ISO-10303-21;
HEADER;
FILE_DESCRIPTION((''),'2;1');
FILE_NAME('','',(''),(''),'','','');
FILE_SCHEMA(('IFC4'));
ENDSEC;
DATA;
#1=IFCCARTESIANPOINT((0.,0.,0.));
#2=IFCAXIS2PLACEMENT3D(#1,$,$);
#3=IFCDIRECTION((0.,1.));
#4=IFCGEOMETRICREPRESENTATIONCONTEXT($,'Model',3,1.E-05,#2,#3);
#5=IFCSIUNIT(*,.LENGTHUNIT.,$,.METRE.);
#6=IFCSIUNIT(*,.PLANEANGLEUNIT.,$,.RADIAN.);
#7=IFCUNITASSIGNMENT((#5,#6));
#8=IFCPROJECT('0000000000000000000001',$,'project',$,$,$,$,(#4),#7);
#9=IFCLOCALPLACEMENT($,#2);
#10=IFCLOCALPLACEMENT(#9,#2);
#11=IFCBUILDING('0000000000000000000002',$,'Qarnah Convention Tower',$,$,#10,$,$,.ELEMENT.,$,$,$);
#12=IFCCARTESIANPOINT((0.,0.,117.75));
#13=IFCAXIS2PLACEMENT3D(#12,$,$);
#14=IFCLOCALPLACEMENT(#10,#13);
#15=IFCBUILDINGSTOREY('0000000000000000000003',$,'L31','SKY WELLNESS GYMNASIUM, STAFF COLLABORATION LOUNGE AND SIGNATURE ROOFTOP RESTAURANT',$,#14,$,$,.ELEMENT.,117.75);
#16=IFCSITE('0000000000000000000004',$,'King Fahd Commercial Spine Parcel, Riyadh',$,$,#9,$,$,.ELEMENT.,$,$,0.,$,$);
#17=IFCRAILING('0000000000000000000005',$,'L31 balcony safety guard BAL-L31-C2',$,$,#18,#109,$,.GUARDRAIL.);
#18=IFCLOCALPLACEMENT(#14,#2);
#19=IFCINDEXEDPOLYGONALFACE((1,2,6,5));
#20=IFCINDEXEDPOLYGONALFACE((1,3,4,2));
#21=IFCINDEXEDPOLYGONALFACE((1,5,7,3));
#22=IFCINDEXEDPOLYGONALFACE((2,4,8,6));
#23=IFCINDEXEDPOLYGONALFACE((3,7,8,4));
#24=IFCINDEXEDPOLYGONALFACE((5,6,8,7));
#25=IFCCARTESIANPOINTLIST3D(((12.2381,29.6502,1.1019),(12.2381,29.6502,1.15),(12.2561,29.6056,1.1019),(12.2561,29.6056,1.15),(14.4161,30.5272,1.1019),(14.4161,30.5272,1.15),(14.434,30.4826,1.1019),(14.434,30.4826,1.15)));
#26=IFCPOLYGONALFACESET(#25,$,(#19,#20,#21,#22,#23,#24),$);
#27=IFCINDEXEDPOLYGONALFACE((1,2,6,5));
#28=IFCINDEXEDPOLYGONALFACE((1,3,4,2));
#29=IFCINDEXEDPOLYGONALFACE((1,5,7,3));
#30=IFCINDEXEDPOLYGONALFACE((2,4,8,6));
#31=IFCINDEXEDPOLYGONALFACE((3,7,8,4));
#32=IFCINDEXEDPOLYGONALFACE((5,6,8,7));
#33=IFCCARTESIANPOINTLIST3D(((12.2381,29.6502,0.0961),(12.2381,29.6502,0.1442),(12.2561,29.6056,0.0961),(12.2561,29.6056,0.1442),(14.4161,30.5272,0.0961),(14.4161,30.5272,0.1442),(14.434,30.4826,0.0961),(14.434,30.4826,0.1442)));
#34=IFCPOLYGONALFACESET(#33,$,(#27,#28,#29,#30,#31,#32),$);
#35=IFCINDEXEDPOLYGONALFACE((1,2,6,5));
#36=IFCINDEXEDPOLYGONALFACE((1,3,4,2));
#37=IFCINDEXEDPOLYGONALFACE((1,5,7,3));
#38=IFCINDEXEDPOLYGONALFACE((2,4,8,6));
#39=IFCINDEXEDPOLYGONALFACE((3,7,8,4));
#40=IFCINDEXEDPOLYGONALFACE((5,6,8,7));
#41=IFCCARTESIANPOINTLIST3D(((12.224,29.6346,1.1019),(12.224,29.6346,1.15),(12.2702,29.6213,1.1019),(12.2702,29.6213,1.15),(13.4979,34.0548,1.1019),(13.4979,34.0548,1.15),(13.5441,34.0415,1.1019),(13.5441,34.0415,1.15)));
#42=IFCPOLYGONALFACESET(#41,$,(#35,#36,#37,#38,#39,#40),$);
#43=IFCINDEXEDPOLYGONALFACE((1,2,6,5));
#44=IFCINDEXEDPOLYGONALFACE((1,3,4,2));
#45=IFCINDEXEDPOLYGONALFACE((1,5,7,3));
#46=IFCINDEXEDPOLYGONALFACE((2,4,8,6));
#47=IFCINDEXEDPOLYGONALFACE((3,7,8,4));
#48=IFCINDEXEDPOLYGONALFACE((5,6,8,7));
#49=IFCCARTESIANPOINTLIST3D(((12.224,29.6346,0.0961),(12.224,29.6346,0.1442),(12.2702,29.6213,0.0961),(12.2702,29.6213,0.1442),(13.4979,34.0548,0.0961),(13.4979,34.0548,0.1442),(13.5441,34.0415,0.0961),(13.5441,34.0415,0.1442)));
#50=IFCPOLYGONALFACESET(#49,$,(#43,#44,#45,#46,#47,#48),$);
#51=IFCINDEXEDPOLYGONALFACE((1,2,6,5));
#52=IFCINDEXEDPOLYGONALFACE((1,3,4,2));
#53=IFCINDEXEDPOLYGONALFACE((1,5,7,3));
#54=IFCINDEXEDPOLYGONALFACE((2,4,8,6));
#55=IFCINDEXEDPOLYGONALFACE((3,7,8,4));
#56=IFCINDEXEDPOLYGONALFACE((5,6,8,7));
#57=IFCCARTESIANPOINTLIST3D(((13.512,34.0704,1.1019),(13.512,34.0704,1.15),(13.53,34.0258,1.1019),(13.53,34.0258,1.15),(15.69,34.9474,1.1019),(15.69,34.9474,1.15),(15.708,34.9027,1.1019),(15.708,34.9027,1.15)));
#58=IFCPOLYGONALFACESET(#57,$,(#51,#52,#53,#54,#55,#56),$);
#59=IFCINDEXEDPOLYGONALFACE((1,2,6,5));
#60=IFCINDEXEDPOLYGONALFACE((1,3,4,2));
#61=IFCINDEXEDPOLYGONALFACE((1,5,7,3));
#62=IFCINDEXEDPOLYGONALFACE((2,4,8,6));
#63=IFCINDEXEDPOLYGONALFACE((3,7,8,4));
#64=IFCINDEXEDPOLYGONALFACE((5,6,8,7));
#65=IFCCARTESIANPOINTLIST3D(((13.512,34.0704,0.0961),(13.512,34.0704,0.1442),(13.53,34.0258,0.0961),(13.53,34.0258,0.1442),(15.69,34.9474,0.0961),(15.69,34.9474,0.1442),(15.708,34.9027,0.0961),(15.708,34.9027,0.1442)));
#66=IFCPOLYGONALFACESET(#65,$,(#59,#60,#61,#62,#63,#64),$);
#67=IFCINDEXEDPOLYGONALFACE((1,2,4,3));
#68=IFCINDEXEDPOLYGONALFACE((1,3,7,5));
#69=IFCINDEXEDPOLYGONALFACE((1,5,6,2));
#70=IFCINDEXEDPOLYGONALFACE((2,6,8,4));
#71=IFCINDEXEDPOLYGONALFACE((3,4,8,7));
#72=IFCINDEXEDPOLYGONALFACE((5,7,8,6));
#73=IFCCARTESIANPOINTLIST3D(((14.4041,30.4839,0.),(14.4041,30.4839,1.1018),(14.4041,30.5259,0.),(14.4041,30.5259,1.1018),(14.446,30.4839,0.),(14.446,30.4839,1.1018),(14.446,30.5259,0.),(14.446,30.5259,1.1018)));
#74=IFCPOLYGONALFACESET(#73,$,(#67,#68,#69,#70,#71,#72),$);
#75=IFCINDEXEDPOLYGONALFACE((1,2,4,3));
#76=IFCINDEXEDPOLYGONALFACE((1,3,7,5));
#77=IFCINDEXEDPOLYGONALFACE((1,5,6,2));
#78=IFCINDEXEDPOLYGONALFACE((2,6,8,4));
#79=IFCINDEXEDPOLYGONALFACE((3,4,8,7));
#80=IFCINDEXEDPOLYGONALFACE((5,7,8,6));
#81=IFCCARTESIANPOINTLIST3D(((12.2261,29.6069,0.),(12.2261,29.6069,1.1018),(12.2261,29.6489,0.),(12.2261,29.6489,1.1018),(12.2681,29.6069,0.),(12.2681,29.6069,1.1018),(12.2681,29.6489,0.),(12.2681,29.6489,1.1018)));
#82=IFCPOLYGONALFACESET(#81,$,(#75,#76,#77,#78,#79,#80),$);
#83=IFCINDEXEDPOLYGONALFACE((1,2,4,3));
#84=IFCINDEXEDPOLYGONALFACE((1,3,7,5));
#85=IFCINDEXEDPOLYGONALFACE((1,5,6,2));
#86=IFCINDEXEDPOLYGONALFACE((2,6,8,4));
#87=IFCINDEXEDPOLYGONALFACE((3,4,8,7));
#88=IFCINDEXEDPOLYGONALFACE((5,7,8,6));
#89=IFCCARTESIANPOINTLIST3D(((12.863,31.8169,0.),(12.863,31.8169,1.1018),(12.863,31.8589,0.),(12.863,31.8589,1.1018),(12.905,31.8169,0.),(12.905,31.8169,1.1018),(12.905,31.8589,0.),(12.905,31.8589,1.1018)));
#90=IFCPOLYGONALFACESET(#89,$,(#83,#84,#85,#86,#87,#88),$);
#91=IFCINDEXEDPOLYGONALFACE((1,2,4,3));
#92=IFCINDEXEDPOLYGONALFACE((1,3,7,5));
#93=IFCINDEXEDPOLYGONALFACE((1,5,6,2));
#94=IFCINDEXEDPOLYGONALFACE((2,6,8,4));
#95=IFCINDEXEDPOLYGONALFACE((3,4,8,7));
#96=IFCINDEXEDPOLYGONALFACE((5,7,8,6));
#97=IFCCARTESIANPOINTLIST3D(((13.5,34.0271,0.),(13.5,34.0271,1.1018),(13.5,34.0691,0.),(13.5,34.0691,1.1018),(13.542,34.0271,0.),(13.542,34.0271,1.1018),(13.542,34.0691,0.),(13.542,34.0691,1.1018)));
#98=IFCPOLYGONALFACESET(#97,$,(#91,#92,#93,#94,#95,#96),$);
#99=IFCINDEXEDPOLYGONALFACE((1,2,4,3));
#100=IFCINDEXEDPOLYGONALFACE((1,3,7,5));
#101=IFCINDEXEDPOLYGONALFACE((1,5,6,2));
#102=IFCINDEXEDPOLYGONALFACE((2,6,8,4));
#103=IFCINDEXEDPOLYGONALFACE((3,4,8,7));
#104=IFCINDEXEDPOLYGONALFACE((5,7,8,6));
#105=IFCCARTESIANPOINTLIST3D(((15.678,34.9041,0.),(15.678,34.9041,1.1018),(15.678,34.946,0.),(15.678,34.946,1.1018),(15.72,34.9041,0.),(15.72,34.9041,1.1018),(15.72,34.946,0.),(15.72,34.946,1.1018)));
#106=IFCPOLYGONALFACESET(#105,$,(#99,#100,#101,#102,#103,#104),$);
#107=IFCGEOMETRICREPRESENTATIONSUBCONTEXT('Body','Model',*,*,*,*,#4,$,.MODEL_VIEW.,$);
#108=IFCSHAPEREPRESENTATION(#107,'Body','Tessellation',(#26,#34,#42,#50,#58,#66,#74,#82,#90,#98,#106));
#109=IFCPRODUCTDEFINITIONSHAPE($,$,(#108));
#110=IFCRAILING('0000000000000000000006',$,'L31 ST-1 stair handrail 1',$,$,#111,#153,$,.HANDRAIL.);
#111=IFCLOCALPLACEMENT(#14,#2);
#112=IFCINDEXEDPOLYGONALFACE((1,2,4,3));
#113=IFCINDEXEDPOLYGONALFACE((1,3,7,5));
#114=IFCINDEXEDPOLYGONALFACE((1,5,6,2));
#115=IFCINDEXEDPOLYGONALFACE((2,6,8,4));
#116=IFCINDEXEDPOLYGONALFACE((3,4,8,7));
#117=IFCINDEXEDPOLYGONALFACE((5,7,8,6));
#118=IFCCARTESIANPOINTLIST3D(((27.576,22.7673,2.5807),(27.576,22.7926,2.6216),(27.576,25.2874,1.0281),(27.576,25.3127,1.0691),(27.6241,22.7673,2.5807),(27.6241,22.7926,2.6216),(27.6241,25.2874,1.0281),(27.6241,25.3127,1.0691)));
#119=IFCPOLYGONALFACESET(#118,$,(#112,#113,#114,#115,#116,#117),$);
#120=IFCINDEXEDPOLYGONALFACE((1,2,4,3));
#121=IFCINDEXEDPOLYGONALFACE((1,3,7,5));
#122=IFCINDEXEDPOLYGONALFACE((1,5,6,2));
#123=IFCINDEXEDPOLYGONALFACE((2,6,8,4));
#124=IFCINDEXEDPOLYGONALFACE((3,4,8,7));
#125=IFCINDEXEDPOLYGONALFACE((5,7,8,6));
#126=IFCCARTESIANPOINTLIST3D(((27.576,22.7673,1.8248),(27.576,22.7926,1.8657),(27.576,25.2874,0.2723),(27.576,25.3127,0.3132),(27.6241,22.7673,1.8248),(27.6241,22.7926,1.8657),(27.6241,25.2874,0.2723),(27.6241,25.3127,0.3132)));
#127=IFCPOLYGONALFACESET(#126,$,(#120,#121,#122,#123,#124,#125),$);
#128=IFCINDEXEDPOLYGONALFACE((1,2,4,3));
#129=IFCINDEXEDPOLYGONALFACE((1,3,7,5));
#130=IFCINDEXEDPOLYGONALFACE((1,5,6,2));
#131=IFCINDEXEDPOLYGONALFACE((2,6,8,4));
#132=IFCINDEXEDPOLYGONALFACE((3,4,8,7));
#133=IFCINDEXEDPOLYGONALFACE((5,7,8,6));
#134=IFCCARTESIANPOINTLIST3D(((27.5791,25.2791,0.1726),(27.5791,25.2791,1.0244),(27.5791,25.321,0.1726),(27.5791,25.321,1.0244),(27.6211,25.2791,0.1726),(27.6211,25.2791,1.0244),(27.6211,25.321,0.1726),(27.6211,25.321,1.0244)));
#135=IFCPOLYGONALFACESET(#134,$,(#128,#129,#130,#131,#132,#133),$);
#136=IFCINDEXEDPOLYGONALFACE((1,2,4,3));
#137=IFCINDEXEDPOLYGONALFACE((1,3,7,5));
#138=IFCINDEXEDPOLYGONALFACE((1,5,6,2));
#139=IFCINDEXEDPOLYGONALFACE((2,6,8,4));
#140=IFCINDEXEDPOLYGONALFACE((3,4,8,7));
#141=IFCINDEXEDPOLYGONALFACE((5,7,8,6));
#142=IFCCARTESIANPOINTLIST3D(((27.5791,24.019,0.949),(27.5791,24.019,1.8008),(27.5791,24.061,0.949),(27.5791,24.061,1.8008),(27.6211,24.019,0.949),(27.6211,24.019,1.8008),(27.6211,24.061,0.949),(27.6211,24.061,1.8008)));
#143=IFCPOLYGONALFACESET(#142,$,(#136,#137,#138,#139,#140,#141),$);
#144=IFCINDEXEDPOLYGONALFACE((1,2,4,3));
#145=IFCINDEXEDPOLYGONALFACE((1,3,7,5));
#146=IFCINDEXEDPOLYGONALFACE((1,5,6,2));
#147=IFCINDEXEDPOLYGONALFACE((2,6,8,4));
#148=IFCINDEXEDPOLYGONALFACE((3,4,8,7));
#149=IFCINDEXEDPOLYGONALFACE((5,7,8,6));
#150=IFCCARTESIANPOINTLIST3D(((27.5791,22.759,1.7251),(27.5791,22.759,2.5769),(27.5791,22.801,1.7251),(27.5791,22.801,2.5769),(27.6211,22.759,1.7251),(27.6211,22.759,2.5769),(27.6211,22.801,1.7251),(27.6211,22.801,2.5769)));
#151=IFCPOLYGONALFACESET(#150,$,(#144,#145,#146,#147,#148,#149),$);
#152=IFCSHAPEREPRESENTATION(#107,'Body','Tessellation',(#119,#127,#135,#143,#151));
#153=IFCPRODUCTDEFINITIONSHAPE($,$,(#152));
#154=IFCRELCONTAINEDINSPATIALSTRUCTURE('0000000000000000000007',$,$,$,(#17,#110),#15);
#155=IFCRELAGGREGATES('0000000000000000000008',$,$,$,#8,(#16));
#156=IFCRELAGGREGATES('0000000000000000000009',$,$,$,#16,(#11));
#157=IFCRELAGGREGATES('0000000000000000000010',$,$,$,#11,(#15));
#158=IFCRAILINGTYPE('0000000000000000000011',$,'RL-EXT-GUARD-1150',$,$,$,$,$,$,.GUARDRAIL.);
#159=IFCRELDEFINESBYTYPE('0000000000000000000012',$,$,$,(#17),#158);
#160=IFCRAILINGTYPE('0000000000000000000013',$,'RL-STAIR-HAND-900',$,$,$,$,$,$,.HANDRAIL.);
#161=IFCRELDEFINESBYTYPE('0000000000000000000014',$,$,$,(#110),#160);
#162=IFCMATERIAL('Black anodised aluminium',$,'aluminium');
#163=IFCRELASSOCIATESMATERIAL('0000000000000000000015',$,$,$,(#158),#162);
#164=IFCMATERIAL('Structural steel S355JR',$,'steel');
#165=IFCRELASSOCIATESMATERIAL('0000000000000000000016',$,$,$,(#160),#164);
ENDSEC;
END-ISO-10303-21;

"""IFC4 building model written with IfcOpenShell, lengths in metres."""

from ifc_helpers import new_model, si_unit, direction, frame, origin, origin_2d, place, context, subcontext, project, spatial, rectangle, extrude, material, type_object, element, save


model = new_model("IFC4")

# Units and contexts
model_context = context("Model", 3, precision=1e-05, world=origin(), true_north=direction((0.0, 1.0)))
body_context = subcontext(model_context, "Body", "Model", "MODEL_VIEW")
ifc_project = project(units=[si_unit("LENGTHUNIT", "METRE"), si_unit("PLANEANGLEUNIT", "RADIAN")], contexts=[model_context])

# Site, building, storey
site_placement = place(None, origin())
site = spatial("IfcSite", under=ifc_project, at=site_placement, Name="King Fahd Commercial Spine Parcel, Riyadh", CompositionType="ELEMENT", RefElevation=0.0)
building_placement = place(site_placement, origin())
building = spatial("IfcBuilding", under=site, at=building_placement, Name="Qarnah Convention Tower", CompositionType="ELEMENT")
storey_placement = place(building_placement, frame((0.0, 0.0, 117.75)))
storey = spatial("IfcBuildingStorey", under=building, at=storey_placement, Name="L31", Description="SKY WELLNESS GYMNASIUM, STAFF COLLABORATION LOUNGE AND SIGNATURE ROOFTOP RESTAURANT", CompositionType="ELEMENT", Elevation=117.75)

# Shared definitions
ifc_material_1 = material(Name="Structural steel S355JR", Category="steel")

# Shared definitions
ifc_material_2 = material(Name="Black anodised aluminium", Category="aluminium")

# Railings
railing_type_1 = type_object("IfcRailingType", Name="RL-EXT-GUARD-1150", PredefinedType="GUARDRAIL", material=ifc_material_2)
railing_1_placement = place(storey_placement, frame((14.425, 30.5049, 0.0)))
element("IfcRailing", 1, at=railing_1_placement, inside=storey, type_object=railing_type_1, Name="L31 balcony safety guard BAL-L31-C2", PredefinedType="GUARDRAIL", context=body_context, shape_type="SweptSolid", body=[
    extrude(rectangle(XDim=0.0481, YDim=0.0481, at=origin_2d()), frame((0.0, 0.0, 1.126), z_axis=(-0.927628, -0.373505, 0.0), x_axis=(0.373505, -0.927628, 0.0)), (0.0, 0.0, 1.0), 2.3479),
    extrude(rectangle(XDim=0.0481, YDim=0.0481, at=origin_2d()), frame((0.0, 0.0, 0.1201), z_axis=(-0.927628, -0.373505, 0.0), x_axis=(0.373505, -0.927628, 0.0)), (0.0, 0.0, 1.0), 2.3479),
    extrude(rectangle(XDim=0.0481, YDim=0.0481, at=origin_2d()), frame((-2.178, -0.877, 1.126), z_axis=(0.276935, 0.960889, 0.0), x_axis=(-0.960889, 0.276935, 0.0)), (0.0, 0.0, 1.0), 4.6001),
    extrude(rectangle(XDim=0.0481, YDim=0.0481, at=origin_2d()), frame((-2.178, -0.877, 0.1201), z_axis=(0.276935, 0.960889, 0.0), x_axis=(-0.960889, 0.276935, 0.0)), (0.0, 0.0, 1.0), 4.6001),
    extrude(rectangle(XDim=0.0481, YDim=0.0481, at=origin_2d()), frame((-0.9041, 3.5432, 1.126), z_axis=(0.927628, 0.373505, 0.0), x_axis=(-0.373505, 0.927628, 0.0)), (0.0, 0.0, 1.0), 2.3479),
    extrude(rectangle(XDim=0.0481, YDim=0.0481, at=origin_2d()), frame((-0.9041, 3.5432, 0.1201), z_axis=(0.927628, 0.373505, 0.0), x_axis=(-0.373505, 0.927628, 0.0)), (0.0, 0.0, 1.0), 2.3479),
    extrude(rectangle(XDim=0.042, YDim=0.042, at=origin_2d()), origin(), (0.0, 0.0, 1.0), 1.1018),
    extrude(rectangle(XDim=0.042, YDim=0.042, at=origin_2d()), frame((-2.178, -0.877, 0.0)), (0.0, 0.0, 1.0), 1.1018),
    extrude(rectangle(XDim=0.042, YDim=0.042, at=origin_2d()), frame((-1.541, 1.333, 0.0)), (0.0, 0.0, 1.0), 1.1018),
    extrude(rectangle(XDim=0.042, YDim=0.042, at=origin_2d()), frame((-0.9041, 3.5432, 0.0)), (0.0, 0.0, 1.0), 1.1018),
    extrude(rectangle(XDim=0.042, YDim=0.042, at=origin_2d()), frame((1.2739, 4.4202, 0.0)), (0.0, 0.0, 1.0), 1.1018),
])
railing_type_2 = type_object("IfcRailingType", Name="RL-STAIR-HAND-900", PredefinedType="HANDRAIL", material=ifc_material_1)
railing_2_placement = place(storey_placement, frame((27.6001, 25.3, 0.1726)))
element("IfcRailing", 2, at=railing_2_placement, inside=storey, type_object=railing_type_2, Name="L31 ST-1 stair handrail 1", PredefinedType="HANDRAIL", context=body_context, shape_type="SweptSolid", body=[
    extrude(rectangle(XDim=0.0481, YDim=0.0481, at=origin_2d()), frame((0.0, 0.0, 0.876), z_axis=(0.0, -0.8514, 0.524516), x_axis=(1.0, 0.0, 0.0)), (0.0, 0.0, 1.0), 2.96),
    extrude(rectangle(XDim=0.0481, YDim=0.0481, at=origin_2d()), frame((0.0, 0.0, 0.1201), z_axis=(0.0, -0.8514, 0.524516), x_axis=(1.0, 0.0, 0.0)), (0.0, 0.0, 1.0), 2.96),
    extrude(rectangle(XDim=0.042, YDim=0.042, at=origin_2d()), origin(), (0.0, 0.0, 1.0), 0.8518),
    extrude(rectangle(XDim=0.042, YDim=0.042, at=origin_2d()), frame((0.0, -1.26, 0.7764)), (0.0, 0.0, 1.0), 0.8518),
    extrude(rectangle(XDim=0.042, YDim=0.042, at=origin_2d()), frame((0.0, -2.52, 1.5525)), (0.0, 0.0, 1.0), 0.8518),
])

save(model, "model.ifc")
